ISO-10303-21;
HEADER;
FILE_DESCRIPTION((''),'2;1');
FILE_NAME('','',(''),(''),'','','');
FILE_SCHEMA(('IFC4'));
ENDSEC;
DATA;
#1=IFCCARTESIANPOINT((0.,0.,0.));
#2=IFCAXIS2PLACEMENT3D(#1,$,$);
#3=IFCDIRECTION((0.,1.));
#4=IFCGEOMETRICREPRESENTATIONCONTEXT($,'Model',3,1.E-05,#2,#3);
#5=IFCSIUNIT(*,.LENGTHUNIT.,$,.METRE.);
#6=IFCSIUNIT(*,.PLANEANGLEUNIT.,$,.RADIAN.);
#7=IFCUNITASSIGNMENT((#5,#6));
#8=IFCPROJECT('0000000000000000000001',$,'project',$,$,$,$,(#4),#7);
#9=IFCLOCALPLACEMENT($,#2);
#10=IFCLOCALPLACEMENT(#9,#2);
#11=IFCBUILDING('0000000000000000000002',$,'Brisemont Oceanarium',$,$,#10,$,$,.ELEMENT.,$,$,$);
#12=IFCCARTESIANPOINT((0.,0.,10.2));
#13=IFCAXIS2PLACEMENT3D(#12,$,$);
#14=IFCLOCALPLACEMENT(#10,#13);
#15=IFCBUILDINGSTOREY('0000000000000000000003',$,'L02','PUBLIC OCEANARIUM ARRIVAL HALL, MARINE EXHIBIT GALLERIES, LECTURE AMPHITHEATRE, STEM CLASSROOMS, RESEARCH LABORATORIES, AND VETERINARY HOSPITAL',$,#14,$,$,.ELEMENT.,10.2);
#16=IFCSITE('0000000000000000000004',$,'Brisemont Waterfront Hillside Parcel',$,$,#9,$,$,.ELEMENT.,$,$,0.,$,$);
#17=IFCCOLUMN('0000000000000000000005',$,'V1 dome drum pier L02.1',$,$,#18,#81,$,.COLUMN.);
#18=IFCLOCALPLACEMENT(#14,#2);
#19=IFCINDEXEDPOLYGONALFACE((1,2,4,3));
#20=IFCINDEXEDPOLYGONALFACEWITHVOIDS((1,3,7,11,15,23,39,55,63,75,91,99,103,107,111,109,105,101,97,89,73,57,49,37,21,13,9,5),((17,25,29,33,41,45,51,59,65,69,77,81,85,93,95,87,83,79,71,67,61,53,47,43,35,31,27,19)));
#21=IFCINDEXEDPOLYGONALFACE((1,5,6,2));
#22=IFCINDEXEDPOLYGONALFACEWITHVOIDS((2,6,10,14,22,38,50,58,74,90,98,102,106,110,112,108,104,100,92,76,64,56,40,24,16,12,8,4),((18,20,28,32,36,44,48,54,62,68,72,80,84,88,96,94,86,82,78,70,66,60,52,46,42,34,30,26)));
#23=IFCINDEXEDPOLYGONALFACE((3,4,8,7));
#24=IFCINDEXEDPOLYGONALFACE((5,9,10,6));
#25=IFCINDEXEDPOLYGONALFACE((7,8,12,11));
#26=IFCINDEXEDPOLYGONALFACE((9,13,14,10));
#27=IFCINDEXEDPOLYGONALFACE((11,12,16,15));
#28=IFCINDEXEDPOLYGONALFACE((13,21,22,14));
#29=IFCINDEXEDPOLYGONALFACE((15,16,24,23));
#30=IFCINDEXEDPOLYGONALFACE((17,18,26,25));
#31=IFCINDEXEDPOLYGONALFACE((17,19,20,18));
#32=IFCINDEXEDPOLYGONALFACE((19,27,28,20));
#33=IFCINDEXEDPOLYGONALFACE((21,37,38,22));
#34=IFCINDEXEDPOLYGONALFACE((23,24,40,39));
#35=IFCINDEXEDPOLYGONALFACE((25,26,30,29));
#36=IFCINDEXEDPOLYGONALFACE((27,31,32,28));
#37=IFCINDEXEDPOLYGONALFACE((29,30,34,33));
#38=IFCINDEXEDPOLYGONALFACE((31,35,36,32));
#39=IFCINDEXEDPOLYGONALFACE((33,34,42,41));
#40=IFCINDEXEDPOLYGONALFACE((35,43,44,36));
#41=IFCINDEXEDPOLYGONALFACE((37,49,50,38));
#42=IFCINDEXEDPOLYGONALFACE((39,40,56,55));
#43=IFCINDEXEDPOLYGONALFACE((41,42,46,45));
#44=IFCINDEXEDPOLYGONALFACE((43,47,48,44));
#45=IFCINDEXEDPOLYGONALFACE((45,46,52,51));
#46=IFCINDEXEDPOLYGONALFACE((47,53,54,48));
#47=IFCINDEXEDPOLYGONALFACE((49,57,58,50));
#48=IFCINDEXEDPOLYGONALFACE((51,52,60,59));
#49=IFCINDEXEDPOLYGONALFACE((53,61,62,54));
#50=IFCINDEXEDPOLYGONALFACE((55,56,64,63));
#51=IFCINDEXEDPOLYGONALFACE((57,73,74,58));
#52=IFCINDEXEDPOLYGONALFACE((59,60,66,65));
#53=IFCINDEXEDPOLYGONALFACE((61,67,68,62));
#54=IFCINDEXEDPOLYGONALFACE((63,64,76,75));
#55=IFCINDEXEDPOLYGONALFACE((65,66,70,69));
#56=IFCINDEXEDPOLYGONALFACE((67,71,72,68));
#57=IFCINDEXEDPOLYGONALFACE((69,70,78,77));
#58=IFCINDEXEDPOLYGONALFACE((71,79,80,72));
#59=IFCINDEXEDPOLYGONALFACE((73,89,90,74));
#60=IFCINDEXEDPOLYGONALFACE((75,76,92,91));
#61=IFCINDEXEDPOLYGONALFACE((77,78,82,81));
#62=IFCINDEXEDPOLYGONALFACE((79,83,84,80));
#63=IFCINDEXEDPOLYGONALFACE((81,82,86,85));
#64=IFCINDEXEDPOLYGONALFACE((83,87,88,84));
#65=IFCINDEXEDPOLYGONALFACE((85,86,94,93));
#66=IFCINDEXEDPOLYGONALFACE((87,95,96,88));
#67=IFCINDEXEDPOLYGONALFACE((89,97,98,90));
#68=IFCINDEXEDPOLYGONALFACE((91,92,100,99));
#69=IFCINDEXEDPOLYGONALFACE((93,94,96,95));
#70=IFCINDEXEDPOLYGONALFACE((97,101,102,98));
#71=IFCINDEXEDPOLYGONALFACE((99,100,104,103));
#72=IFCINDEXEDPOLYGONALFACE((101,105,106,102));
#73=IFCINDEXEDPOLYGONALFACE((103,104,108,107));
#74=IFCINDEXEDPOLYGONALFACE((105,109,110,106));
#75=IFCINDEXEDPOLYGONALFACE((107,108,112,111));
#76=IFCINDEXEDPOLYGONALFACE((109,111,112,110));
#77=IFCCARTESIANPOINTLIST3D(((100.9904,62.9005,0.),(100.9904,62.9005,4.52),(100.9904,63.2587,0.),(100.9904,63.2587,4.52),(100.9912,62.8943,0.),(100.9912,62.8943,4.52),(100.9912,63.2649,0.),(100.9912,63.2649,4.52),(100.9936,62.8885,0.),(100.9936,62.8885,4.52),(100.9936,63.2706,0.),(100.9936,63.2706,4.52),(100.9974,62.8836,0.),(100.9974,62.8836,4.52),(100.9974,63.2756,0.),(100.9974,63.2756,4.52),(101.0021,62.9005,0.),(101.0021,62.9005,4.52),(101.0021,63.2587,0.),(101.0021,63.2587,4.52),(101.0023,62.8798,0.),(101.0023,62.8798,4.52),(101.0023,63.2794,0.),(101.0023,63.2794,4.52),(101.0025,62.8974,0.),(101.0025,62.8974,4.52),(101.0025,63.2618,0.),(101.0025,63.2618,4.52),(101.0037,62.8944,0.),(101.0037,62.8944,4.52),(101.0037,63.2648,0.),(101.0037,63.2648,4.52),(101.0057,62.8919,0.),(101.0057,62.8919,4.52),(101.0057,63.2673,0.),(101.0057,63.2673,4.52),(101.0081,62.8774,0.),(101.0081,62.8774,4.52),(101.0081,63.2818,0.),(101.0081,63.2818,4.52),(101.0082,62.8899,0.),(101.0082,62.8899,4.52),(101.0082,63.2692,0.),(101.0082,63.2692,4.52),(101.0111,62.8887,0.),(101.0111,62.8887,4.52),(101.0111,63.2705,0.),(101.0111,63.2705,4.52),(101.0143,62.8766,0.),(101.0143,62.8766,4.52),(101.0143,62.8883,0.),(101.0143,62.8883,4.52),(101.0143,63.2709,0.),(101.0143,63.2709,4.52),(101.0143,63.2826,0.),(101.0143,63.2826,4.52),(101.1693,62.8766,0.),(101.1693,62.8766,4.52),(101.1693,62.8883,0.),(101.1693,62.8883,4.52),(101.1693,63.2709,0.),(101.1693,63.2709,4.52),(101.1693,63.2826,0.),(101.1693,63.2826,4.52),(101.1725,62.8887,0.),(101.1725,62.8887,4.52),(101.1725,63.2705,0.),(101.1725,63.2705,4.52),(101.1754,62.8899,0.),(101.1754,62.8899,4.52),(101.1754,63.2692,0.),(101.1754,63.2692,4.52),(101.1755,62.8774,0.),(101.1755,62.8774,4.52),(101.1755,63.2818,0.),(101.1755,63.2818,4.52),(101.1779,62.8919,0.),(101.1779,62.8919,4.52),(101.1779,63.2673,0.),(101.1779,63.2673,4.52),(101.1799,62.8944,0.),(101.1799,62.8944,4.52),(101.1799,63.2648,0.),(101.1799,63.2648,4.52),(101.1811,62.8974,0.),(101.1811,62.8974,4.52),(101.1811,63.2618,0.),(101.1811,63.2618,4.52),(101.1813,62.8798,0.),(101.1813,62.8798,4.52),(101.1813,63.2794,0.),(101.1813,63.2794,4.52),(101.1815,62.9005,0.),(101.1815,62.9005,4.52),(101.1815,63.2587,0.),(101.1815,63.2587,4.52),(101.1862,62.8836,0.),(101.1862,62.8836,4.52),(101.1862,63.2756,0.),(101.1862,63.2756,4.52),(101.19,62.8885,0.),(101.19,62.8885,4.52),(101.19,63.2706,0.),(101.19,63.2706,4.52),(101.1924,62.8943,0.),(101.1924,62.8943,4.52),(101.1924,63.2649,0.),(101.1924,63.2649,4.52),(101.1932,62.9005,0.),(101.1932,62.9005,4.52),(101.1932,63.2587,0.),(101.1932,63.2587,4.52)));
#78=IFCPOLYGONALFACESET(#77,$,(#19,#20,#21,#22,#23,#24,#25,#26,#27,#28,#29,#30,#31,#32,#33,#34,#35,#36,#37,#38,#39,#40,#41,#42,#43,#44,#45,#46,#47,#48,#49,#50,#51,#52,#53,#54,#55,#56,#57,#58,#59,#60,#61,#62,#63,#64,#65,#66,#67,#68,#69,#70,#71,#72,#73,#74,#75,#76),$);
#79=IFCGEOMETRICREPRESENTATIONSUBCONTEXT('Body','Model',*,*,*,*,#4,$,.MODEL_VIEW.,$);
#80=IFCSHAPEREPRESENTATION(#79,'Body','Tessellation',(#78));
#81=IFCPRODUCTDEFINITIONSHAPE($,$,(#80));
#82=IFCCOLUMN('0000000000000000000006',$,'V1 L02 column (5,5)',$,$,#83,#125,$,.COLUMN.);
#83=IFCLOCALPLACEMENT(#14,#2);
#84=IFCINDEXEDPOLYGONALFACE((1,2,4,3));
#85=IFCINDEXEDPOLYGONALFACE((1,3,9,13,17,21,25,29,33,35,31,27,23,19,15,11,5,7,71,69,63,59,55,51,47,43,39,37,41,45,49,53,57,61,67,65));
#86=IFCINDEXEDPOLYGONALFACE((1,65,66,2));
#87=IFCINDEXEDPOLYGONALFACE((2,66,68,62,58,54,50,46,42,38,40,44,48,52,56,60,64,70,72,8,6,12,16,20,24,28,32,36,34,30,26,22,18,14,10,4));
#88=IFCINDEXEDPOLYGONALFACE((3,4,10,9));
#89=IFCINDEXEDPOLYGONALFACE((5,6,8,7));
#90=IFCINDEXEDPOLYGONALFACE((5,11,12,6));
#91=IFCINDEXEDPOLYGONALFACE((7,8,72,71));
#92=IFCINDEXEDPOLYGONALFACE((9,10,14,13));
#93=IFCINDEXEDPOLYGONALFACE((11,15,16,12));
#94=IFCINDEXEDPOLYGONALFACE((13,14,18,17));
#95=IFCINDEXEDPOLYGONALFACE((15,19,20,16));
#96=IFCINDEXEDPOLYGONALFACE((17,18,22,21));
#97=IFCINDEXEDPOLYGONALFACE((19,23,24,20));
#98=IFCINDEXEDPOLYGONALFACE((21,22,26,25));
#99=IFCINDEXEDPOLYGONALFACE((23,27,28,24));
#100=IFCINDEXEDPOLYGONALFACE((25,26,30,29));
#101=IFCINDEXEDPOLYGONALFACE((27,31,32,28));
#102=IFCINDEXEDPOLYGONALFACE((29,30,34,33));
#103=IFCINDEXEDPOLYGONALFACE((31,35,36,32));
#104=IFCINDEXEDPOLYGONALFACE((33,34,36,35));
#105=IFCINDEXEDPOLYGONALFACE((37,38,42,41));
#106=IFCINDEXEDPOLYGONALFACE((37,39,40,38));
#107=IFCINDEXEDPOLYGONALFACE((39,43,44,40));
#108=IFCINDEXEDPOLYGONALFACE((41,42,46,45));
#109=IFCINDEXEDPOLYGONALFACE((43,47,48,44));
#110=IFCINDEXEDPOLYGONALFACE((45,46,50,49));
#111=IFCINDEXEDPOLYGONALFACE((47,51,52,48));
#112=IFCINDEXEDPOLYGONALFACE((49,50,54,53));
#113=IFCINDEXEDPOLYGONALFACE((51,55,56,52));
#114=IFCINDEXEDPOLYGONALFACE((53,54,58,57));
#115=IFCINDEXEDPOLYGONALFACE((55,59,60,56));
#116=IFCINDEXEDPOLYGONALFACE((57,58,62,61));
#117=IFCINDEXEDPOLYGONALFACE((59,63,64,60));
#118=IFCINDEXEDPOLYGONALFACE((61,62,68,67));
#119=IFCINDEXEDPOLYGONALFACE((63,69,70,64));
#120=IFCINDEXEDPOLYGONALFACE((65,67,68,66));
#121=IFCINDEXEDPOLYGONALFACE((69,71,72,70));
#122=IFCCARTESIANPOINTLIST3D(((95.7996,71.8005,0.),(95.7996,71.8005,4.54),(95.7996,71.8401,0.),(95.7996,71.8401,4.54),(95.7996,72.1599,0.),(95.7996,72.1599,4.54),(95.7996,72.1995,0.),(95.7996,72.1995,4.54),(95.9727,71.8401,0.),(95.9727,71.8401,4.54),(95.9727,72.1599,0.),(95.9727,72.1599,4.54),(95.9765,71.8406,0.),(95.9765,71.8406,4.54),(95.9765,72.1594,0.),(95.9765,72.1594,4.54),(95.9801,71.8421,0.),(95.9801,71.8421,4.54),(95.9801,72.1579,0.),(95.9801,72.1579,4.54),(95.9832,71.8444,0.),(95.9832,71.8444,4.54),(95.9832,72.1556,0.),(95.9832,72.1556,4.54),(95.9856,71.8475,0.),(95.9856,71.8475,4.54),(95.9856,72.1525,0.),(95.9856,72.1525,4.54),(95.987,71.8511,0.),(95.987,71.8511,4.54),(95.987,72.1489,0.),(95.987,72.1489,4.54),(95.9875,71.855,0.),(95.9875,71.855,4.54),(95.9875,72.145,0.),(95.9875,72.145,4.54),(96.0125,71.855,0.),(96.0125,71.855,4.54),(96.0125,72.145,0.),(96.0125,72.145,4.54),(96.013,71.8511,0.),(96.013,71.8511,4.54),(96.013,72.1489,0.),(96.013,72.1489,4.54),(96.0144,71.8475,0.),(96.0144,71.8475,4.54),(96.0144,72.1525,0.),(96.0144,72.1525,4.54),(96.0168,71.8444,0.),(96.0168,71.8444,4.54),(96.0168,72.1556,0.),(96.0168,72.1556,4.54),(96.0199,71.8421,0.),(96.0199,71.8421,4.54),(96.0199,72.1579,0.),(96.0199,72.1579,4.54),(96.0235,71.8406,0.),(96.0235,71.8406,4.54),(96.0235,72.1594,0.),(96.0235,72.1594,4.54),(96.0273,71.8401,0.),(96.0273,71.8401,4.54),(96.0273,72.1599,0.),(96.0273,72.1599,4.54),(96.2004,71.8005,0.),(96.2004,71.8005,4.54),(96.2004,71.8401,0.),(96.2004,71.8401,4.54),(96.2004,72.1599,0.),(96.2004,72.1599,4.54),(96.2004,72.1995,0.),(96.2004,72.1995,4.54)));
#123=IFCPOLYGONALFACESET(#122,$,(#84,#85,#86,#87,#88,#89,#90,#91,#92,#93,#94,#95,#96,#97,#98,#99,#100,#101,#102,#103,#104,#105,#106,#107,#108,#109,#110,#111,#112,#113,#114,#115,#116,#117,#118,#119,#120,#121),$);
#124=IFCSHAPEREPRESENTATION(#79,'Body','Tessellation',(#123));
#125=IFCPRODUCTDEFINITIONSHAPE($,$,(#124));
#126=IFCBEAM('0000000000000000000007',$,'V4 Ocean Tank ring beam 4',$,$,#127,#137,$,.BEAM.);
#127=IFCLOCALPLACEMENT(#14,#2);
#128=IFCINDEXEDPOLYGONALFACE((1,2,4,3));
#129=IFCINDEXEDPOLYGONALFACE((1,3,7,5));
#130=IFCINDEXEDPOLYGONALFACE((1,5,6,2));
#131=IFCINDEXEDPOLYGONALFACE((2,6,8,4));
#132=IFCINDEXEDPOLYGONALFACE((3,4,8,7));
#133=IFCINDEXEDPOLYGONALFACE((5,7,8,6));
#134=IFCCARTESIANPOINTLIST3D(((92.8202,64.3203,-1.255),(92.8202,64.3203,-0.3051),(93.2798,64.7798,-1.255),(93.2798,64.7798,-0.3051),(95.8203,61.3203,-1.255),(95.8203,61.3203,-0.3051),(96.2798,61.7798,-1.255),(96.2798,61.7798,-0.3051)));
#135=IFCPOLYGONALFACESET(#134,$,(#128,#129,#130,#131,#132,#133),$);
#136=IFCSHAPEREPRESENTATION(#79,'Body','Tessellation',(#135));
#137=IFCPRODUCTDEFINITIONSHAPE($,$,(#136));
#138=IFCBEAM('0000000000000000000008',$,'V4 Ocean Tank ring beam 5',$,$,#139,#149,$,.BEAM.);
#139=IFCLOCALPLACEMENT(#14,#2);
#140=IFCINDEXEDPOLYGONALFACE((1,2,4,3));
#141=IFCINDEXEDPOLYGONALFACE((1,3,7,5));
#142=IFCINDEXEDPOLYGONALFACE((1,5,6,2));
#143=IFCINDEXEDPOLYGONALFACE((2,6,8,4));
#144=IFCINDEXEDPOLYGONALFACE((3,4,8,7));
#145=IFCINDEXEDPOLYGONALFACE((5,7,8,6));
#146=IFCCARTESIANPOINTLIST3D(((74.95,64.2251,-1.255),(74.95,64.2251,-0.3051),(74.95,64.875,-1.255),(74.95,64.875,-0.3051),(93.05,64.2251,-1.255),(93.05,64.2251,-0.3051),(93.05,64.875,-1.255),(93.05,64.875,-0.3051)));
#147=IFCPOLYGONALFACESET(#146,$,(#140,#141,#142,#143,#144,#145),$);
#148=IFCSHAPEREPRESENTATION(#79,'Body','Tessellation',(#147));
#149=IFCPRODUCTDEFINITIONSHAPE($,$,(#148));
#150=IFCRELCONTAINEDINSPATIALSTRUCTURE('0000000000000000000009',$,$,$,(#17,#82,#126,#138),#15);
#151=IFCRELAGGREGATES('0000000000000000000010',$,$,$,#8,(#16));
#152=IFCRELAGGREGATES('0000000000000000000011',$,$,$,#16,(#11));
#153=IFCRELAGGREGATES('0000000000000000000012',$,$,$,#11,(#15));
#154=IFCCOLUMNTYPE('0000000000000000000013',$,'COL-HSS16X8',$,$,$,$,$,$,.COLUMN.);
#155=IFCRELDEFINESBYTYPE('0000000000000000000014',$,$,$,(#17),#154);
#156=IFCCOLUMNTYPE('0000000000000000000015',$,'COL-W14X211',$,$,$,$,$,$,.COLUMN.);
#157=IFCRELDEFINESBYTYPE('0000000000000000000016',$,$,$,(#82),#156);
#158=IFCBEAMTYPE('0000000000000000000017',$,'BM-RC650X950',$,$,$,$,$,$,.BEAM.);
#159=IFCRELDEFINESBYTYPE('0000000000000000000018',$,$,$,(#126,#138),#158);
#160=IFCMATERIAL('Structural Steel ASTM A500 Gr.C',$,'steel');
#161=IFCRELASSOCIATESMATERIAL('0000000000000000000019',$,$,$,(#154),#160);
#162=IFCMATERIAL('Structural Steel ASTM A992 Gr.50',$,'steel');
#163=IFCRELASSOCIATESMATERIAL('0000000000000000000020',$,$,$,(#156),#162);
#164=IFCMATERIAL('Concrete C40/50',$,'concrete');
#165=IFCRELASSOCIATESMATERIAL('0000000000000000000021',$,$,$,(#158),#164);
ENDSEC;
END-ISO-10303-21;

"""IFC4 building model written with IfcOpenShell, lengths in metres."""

from ifc_helpers import new_model, si_unit, direction, frame, origin, origin_2d, place, context, subcontext, project, spatial, rectangle, hollow_rectangle, i_section, extrude, material, material_profile, profile_set, type_object, element, save


model = new_model("IFC4")

# Units and contexts
model_context = context("Model", 3, precision=1e-05, world=origin(), true_north=direction((0.0, 1.0)))
body_context = subcontext(model_context, "Body", "Model", "MODEL_VIEW")
ifc_project = project(units=[si_unit("LENGTHUNIT", "METRE"), si_unit("PLANEANGLEUNIT", "RADIAN")], contexts=[model_context])

# Site, building, storey
site_placement = place(None, origin())
site = spatial("IfcSite", under=ifc_project, at=site_placement, Name="Brisemont Waterfront Hillside Parcel", CompositionType="ELEMENT", RefElevation=0.0)
building_placement = place(site_placement, origin())
building = spatial("IfcBuilding", under=site, at=building_placement, Name="Brisemont Oceanarium", CompositionType="ELEMENT")
storey_placement = place(building_placement, frame((0.0, 0.0, 10.2)))
storey = spatial("IfcBuildingStorey", under=building, at=storey_placement, Name="L02", Description="PUBLIC OCEANARIUM ARRIVAL HALL, MARINE EXHIBIT GALLERIES, LECTURE AMPHITHEATRE, STEM CLASSROOMS, RESEARCH LABORATORIES, AND VETERINARY HOSPITAL", CompositionType="ELEMENT", Elevation=10.2)

# Columns
ifc_material_1 = material(Name="Structural Steel ASTM A500 Gr.C", Category="steel")
ifc_material_profile_1 = material_profile(ifc_material_1, hollow_rectangle(XDim=0.2029, YDim=0.406, WallThickness=0.0117, InnerFilletRadius=0.0122, OuterFilletRadius=0.0239, at=origin_2d()), Name="HSS16X8X1/2")
ifc_profile_set_1 = profile_set([ifc_material_profile_1], Name="Structural Steel ASTM A500 Gr.C")
column_type_1 = type_object("IfcColumnType", Name="COL-HSS16X8", PredefinedType="COLUMN", material=ifc_profile_set_1)
column_1_placement = place(storey_placement, frame((101.0918, 63.0796, 0.0), z_axis=(0.0, 0.0, 1.0), x_axis=(1.0, 0.0, 0.0)))
element("IfcColumn", 1, at=column_1_placement, inside=storey, type_object=column_type_1, Name="V1 dome drum pier L02.1", PredefinedType="COLUMN", context=body_context, shape_type="SweptSolid", body=[
    extrude(hollow_rectangle(XDim=0.2029, YDim=0.406, WallThickness=0.0117, InnerFilletRadius=0.0122, OuterFilletRadius=0.0239, at=origin_2d()), origin(), (0.0, 0.0, 1.0), 4.52),
])
ifc_material_2 = material(Name="Structural Steel ASTM A992 Gr.50", Category="steel")
ifc_material_profile_2 = material_profile(ifc_material_2, i_section(OverallWidth=0.4009, OverallDepth=0.3989, WebThickness=0.0249, FlangeThickness=0.0396, FilletRadius=0.0149, at=origin_2d()), Name="W14X211")
ifc_profile_set_2 = profile_set([ifc_material_profile_2], Name="Structural Steel ASTM A992 Gr.50")
column_type_2 = type_object("IfcColumnType", Name="COL-W14X211", PredefinedType="COLUMN", material=ifc_profile_set_2)
column_2_placement = place(storey_placement, frame((96.0, 72.0, 0.0), z_axis=(0.0, 0.0, 1.0), x_axis=(1.0, 0.0, 0.0)))
element("IfcColumn", 2, at=column_2_placement, inside=storey, type_object=column_type_2, Name="V1 L02 column (5,5)", PredefinedType="COLUMN", context=body_context, shape_type="SweptSolid", body=[
    extrude(i_section(OverallWidth=0.4009, OverallDepth=0.3989, WebThickness=0.0249, FlangeThickness=0.0396, FilletRadius=0.0149, at=origin_2d()), origin(), (0.0, 0.0, 1.0), 4.54),
])

# Beams
ifc_material_3 = material(Name="Concrete C40/50", Category="concrete")
ifc_material_profile_3 = material_profile(ifc_material_3, rectangle(XDim=0.6499, YDim=0.95, at=origin_2d()), Name="RC-BM-650X950")
ifc_profile_set_3 = profile_set([ifc_material_profile_3], Name="Concrete C40/50")
beam_type_1 = type_object("IfcBeamType", Name="BM-RC650X950", PredefinedType="BEAM", material=ifc_profile_set_3)
beam_1_placement = place(storey_placement, frame((96.05, 61.55, -0.78), z_axis=(-0.707107, 0.707107, 0.0), x_axis=(-0.707107, -0.707107, 0.0)))
element("IfcBeam", 3, at=beam_1_placement, inside=storey, type_object=beam_type_1, Name="V4 Ocean Tank ring beam 4", PredefinedType="BEAM", context=body_context, shape_type="SweptSolid", body=[
    extrude(rectangle(XDim=0.6499, YDim=0.95, at=origin_2d()), origin(), (0.0, 0.0, 1.0), 4.2427),
])
beam_2_placement = place(storey_placement, frame((93.05, 64.55, -0.78), z_axis=(-1.0, 0.0, 0.0), x_axis=(0.0, -1.0, 0.0)))
element("IfcBeam", 4, at=beam_2_placement, inside=storey, type_object=beam_type_1, Name="V4 Ocean Tank ring beam 5", PredefinedType="BEAM", context=body_context, shape_type="SweptSolid", body=[
    extrude(rectangle(XDim=0.6499, YDim=0.95, at=origin_2d()), origin(), (0.0, 0.0, 1.0), 18.1001),
])

save(model, "model.ifc")
